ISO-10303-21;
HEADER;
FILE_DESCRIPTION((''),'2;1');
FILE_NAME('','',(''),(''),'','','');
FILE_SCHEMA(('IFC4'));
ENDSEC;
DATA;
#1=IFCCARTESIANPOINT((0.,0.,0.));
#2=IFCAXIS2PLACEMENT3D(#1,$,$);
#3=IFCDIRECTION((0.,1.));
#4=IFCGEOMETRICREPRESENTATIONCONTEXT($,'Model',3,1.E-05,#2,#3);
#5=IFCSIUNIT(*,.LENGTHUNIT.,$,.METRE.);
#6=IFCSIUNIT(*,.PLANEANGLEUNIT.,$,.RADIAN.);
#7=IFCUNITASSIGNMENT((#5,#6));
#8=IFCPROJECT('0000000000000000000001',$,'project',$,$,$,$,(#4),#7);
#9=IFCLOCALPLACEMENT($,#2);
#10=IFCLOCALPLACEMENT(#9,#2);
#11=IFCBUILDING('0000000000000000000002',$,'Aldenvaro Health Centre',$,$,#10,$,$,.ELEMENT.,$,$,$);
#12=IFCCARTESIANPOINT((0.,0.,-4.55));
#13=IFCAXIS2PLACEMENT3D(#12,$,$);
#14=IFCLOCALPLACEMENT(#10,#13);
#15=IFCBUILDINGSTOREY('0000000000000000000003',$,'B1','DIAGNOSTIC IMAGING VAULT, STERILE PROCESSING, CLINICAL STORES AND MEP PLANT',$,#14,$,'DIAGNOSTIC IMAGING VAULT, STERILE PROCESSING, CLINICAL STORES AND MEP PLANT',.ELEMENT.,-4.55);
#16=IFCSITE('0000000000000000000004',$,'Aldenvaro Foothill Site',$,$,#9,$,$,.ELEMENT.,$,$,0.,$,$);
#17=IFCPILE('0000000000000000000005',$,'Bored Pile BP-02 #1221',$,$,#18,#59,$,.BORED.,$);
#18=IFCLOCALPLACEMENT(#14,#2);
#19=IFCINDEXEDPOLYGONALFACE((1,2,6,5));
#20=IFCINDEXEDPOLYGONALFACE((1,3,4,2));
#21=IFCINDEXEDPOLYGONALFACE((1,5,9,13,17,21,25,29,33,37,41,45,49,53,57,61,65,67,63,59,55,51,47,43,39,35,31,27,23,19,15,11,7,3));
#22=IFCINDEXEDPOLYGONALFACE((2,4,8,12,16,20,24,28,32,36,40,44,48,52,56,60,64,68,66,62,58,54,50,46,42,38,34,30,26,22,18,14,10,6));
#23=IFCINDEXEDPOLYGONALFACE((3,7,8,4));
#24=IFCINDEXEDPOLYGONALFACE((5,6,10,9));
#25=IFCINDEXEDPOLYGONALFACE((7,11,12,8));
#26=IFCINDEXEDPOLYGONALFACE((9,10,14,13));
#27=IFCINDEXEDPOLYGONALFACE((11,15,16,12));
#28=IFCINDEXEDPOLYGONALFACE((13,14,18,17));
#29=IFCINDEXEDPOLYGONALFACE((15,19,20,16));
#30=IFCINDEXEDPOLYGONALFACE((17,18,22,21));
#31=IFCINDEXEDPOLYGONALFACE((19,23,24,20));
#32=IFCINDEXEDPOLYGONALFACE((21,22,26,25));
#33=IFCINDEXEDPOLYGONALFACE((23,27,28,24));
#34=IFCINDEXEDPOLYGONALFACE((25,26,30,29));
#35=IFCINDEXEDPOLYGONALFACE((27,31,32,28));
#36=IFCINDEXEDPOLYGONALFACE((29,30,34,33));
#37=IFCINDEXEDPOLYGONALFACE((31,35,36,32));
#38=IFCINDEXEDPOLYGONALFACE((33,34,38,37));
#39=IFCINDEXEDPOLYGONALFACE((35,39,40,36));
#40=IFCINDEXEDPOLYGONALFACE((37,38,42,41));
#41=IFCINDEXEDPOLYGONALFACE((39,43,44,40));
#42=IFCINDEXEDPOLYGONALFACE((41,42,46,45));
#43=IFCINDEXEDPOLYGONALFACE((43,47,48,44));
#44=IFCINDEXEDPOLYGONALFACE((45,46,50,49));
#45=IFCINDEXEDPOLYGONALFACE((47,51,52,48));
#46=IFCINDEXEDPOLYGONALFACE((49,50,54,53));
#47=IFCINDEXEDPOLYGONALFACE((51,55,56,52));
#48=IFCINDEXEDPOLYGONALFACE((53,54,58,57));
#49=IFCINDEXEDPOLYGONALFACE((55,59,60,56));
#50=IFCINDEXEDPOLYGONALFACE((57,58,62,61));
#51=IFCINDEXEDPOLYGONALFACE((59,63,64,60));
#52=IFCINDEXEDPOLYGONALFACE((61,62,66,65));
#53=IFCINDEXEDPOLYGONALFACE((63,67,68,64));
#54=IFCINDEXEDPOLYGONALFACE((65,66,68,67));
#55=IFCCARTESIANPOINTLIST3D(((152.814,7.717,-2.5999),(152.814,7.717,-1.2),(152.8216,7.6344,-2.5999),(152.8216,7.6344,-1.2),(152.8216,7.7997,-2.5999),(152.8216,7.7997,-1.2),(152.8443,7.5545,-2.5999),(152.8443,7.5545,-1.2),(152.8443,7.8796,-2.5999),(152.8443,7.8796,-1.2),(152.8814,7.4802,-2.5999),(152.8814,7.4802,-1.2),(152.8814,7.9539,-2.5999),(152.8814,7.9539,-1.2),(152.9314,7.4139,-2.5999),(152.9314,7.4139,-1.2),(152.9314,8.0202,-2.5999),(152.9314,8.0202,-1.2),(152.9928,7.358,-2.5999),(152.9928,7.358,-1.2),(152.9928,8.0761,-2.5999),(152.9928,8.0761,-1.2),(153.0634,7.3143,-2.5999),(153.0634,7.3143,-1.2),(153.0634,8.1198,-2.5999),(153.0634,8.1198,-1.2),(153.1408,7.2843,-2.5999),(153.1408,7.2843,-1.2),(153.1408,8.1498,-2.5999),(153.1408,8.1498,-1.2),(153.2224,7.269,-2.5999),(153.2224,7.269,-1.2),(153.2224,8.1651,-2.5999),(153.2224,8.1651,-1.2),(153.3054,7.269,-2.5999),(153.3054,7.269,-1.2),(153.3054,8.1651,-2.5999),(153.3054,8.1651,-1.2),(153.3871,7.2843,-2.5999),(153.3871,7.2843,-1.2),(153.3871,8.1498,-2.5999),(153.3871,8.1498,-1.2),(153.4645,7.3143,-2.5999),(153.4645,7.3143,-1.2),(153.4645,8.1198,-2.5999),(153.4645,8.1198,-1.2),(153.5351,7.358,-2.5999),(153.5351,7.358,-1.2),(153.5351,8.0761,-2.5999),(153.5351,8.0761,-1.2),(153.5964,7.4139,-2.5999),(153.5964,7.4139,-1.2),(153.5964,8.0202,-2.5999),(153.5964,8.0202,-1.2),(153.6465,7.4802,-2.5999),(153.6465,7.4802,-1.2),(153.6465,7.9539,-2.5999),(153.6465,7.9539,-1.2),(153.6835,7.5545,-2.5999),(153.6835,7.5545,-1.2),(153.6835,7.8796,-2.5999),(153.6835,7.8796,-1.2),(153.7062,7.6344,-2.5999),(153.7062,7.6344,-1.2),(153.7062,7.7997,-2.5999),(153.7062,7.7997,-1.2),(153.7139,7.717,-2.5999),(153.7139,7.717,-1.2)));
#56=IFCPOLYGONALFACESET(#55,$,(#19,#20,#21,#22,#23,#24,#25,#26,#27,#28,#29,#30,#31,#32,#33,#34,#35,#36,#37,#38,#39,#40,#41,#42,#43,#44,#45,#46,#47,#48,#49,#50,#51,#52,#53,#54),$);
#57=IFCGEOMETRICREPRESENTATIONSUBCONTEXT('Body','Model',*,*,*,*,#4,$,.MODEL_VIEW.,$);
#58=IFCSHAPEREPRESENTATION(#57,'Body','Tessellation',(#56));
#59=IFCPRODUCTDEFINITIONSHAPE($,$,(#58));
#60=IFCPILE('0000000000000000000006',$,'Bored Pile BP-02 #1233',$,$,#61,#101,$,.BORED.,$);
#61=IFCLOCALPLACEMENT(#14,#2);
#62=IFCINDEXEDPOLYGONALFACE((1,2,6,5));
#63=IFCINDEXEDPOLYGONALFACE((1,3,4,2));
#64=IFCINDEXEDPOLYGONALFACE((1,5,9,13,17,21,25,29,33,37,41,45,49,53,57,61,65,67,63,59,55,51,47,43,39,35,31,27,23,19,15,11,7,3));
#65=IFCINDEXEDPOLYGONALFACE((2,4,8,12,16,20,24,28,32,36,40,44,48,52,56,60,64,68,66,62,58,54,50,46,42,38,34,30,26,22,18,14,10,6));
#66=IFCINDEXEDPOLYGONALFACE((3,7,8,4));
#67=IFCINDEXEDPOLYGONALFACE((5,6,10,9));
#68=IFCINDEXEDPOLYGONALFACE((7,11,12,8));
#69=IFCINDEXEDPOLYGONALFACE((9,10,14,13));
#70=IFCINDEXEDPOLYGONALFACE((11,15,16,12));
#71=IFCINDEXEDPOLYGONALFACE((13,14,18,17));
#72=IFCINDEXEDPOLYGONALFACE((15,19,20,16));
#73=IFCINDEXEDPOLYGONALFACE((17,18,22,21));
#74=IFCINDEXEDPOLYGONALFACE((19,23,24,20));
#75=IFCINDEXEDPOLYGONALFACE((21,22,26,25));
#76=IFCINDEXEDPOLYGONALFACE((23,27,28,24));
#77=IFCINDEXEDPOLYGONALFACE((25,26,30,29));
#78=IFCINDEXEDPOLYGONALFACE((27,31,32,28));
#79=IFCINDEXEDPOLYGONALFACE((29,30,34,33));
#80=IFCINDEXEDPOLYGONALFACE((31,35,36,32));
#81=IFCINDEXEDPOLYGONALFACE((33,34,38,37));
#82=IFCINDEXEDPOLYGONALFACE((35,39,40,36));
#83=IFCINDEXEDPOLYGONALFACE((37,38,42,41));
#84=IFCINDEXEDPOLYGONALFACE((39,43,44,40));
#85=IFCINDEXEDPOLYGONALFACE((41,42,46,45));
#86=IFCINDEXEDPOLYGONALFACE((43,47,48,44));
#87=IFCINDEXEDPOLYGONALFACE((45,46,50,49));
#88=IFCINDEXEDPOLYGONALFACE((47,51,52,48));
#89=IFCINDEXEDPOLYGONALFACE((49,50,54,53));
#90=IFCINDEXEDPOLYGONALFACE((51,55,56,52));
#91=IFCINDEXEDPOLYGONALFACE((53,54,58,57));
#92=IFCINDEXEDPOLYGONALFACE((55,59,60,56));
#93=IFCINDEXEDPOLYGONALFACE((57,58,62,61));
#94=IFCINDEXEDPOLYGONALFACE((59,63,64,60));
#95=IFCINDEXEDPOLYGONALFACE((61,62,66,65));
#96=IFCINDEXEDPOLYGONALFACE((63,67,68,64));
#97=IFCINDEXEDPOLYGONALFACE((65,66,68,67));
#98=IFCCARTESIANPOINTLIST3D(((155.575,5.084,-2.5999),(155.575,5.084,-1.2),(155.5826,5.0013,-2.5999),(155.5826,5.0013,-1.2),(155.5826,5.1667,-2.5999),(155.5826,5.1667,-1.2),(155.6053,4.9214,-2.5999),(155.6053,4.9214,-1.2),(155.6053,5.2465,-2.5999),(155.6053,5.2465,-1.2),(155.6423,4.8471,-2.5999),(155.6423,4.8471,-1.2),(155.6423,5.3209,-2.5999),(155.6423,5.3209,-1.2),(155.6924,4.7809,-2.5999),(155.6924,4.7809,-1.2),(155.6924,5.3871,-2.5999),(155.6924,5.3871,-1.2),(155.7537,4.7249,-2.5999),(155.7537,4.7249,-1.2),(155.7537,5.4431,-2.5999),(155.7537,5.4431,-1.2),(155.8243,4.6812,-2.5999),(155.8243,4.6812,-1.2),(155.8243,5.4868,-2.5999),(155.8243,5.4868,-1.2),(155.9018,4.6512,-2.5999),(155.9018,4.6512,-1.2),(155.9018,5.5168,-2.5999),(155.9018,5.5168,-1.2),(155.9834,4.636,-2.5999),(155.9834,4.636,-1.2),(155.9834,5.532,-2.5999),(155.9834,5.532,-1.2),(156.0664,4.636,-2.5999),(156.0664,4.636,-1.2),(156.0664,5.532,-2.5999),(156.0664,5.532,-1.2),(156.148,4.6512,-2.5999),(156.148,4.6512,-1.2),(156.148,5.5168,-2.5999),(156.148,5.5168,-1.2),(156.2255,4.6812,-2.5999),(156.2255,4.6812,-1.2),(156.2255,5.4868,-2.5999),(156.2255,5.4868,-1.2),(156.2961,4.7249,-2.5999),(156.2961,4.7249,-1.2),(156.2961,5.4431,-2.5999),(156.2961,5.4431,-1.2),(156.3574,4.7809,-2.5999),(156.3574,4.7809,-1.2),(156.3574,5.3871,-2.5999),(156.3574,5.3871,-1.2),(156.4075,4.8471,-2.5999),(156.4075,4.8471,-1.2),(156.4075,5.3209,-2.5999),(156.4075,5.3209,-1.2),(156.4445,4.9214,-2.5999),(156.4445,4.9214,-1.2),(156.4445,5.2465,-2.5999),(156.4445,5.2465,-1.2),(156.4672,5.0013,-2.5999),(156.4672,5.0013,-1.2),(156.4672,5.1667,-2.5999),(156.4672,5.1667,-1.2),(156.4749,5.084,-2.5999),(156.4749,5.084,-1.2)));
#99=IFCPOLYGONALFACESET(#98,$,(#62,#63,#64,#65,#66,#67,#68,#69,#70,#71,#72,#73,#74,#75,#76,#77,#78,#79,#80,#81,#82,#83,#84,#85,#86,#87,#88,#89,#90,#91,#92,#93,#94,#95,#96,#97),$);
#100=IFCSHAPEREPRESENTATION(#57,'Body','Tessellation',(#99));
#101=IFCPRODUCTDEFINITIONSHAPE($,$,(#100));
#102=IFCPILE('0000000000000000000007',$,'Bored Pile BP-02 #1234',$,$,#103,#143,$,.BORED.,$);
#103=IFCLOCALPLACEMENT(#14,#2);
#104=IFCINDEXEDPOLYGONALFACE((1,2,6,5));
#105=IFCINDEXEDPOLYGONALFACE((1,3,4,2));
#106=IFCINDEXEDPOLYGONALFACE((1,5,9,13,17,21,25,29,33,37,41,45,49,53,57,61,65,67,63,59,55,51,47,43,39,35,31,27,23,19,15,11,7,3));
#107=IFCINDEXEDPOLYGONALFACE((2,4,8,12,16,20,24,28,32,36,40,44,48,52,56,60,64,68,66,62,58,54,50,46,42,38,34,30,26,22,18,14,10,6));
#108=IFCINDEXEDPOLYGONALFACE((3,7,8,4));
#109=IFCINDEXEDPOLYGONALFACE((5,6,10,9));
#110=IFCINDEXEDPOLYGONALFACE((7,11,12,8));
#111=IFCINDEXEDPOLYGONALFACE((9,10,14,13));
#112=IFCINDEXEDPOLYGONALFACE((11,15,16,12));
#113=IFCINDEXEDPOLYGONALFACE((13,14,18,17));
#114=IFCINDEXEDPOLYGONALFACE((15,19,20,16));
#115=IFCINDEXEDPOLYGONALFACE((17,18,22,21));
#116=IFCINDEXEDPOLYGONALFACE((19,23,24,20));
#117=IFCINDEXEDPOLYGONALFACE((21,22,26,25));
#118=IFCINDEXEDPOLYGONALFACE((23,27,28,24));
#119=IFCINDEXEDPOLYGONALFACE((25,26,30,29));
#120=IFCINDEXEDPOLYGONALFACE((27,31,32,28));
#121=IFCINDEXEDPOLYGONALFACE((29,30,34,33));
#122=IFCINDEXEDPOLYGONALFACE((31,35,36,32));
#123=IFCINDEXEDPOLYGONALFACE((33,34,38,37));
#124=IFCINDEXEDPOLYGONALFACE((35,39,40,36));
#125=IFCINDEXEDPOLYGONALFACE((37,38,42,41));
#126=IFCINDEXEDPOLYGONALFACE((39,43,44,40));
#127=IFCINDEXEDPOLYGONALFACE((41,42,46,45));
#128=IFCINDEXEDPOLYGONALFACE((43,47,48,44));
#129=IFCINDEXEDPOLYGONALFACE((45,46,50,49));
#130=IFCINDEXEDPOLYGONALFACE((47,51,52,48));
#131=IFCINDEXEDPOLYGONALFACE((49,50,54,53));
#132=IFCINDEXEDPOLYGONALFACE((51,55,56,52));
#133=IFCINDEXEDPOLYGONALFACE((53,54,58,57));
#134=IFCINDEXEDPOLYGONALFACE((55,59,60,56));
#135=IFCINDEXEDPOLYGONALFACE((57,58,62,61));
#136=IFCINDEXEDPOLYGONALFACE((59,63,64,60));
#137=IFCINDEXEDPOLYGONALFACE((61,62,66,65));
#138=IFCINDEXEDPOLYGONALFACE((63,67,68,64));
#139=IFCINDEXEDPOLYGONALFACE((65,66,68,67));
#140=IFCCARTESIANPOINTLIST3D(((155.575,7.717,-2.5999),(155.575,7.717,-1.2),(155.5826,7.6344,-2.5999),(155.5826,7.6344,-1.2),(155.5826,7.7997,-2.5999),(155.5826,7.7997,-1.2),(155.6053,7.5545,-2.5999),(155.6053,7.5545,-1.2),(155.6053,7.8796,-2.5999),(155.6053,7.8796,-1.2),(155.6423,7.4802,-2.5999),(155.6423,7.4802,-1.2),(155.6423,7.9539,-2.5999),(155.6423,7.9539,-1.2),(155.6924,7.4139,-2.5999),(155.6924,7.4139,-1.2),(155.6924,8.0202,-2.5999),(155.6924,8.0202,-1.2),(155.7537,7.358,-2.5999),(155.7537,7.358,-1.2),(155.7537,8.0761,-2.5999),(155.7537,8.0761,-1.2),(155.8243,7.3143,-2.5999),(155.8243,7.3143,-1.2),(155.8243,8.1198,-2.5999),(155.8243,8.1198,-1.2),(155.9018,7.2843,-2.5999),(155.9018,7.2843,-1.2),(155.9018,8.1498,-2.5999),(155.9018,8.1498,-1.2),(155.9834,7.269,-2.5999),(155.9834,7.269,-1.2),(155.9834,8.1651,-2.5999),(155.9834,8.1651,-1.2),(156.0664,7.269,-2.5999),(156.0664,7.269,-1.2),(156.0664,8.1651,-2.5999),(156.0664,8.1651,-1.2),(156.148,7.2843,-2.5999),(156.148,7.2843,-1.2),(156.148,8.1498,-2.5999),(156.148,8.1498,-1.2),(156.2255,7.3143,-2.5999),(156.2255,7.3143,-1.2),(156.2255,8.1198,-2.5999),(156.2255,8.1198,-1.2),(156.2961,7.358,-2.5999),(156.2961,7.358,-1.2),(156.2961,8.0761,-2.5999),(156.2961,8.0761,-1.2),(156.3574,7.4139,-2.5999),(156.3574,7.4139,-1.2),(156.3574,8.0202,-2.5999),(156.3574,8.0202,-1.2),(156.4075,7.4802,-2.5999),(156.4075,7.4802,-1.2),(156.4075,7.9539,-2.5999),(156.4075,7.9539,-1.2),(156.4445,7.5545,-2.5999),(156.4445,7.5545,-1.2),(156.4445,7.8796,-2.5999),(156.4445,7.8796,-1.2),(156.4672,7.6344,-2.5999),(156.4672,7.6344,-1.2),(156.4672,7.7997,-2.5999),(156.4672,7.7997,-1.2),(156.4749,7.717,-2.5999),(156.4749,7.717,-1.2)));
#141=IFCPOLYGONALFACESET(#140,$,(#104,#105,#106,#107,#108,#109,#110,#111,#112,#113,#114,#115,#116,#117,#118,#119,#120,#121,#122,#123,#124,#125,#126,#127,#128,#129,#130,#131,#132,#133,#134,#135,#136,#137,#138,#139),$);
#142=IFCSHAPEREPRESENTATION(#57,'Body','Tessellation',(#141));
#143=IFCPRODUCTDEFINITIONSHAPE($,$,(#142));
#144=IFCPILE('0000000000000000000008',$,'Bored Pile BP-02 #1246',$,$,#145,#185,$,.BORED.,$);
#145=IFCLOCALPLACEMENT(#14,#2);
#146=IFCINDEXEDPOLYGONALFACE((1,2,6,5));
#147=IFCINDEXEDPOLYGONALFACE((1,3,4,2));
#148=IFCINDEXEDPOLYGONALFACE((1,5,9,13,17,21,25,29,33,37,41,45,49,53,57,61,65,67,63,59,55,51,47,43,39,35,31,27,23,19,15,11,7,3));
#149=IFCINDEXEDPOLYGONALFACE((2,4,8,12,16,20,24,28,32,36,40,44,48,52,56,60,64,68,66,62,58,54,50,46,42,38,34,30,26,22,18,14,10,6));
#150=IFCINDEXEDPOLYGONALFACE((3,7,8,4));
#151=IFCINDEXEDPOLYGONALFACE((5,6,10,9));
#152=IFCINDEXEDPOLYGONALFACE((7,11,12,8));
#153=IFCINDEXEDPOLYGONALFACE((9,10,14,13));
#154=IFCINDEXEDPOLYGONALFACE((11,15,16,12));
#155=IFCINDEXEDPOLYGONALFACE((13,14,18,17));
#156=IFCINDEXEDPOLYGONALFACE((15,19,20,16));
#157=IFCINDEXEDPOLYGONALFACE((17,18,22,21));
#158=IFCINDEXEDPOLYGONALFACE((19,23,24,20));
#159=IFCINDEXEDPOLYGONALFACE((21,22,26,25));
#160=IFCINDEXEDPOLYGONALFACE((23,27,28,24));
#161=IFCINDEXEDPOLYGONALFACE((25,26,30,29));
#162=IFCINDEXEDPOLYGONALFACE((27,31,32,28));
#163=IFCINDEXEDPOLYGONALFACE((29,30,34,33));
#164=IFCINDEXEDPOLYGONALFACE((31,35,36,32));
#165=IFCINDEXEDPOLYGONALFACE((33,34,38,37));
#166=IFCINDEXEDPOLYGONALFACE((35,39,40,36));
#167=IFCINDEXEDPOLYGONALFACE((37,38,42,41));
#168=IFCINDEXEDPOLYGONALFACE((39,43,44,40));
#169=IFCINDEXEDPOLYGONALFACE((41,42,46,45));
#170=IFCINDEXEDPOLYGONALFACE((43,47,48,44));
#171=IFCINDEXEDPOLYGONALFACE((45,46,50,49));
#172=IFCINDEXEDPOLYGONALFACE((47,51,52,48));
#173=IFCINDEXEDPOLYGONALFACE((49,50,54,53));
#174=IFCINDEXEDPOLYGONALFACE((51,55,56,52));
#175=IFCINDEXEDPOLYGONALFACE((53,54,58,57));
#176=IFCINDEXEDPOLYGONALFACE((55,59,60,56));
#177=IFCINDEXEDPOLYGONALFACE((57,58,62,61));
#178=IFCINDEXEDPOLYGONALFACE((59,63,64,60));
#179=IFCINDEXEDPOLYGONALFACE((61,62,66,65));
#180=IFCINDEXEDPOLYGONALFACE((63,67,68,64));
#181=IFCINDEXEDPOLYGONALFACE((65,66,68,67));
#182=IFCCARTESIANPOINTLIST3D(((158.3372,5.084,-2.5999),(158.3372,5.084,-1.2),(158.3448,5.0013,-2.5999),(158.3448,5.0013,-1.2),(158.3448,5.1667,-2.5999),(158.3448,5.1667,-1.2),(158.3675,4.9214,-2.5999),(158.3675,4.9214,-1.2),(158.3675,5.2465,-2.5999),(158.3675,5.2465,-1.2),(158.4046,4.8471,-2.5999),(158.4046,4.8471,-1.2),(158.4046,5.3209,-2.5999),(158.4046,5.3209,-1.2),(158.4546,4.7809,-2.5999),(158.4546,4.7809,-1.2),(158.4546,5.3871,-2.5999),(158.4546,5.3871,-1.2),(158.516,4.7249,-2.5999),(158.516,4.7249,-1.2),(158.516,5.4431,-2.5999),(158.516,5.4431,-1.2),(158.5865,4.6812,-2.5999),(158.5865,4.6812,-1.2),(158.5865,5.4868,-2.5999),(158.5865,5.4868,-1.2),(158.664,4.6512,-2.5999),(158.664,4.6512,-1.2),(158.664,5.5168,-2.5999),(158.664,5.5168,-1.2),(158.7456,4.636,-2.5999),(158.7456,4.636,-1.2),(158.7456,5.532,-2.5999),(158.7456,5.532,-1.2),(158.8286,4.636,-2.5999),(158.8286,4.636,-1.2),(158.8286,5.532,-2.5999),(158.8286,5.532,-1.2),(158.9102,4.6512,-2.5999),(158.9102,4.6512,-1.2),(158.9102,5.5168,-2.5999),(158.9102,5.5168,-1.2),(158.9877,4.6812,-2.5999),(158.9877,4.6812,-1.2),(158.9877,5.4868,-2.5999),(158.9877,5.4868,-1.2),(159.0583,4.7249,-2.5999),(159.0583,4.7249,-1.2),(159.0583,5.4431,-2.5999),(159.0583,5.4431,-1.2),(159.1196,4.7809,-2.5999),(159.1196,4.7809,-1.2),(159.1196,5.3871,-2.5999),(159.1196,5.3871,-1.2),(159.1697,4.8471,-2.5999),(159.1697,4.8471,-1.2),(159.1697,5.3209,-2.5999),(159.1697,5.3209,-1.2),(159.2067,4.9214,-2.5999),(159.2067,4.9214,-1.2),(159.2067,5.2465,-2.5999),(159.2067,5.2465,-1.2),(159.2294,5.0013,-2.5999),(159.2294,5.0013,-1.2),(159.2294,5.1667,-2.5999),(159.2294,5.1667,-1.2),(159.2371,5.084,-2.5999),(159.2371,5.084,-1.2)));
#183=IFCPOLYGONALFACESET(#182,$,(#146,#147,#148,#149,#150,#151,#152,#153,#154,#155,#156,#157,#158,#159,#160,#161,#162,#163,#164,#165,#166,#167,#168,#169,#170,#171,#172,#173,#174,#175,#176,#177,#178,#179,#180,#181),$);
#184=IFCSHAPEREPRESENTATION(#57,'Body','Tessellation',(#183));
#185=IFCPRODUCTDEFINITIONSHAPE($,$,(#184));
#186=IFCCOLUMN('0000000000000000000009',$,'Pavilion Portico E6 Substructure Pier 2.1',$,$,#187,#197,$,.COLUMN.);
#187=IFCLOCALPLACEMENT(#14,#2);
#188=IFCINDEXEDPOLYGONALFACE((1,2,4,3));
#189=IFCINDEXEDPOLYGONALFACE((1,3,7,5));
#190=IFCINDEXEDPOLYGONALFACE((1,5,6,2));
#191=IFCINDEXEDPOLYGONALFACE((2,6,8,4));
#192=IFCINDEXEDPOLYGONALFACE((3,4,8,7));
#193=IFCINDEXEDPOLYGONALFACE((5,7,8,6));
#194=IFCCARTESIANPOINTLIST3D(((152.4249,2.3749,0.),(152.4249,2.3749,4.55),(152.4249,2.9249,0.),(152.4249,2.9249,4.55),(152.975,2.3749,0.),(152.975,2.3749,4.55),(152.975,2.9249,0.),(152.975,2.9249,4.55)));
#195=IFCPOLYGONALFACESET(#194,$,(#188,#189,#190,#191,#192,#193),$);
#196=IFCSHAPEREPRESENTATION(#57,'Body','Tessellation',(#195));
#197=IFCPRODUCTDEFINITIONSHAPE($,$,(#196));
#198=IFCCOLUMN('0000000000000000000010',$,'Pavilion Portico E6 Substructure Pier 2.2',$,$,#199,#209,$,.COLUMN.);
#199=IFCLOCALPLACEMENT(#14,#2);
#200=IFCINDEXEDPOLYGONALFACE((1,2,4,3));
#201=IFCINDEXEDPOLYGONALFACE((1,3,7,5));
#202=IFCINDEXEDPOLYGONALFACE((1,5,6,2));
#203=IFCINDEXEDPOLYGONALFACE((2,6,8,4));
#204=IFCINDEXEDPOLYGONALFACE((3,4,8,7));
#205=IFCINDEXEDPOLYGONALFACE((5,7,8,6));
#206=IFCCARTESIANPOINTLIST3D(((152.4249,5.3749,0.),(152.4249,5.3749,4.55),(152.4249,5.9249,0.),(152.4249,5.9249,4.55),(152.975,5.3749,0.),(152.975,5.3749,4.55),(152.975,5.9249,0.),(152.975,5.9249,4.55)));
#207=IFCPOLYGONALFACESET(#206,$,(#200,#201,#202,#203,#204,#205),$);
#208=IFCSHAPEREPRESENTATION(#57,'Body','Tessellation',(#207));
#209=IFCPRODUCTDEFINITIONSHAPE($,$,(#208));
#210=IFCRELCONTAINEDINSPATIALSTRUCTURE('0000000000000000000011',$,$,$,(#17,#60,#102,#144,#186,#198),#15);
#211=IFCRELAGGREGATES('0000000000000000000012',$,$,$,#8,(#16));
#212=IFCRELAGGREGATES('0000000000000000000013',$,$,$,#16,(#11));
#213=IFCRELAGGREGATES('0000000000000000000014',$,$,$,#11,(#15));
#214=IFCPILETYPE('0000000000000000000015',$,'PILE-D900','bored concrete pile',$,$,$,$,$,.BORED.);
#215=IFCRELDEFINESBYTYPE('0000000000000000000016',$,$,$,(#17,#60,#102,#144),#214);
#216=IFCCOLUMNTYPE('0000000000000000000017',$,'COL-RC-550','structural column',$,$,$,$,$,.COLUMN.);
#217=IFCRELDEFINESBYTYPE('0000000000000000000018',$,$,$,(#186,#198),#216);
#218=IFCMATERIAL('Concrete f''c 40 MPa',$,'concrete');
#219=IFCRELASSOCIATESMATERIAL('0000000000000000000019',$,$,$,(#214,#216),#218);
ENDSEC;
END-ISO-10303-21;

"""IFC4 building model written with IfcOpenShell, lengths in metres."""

from ifc_helpers import new_model, si_unit, direction, frame, origin, origin_2d, place, context, subcontext, project, spatial, rectangle, circle, extrude, material, material_profile, profile_set, type_object, element, save


model = new_model("IFC4")

# Units and contexts
model_context = context("Model", 3, precision=1e-05, world=origin(), true_north=direction((0.0, 1.0)))
body_context = subcontext(model_context, "Body", "Model", "MODEL_VIEW")
ifc_project = project(units=[si_unit("LENGTHUNIT", "METRE"), si_unit("PLANEANGLEUNIT", "RADIAN")], contexts=[model_context])

# Site, building, storey
site_placement = place(None, origin())
site = spatial("IfcSite", under=ifc_project, at=site_placement, Name="Aldenvaro Foothill Site", CompositionType="ELEMENT", RefElevation=0.0)
building_placement = place(site_placement, origin())
building = spatial("IfcBuilding", under=site, at=building_placement, Name="Aldenvaro Health Centre", CompositionType="ELEMENT")
storey_placement = place(building_placement, frame((0.0, 0.0, -4.55)))
storey = spatial("IfcBuildingStorey", under=building, at=storey_placement, Name="B1", Description="DIAGNOSTIC IMAGING VAULT, STERILE PROCESSING, CLINICAL STORES AND MEP PLANT", LongName="DIAGNOSTIC IMAGING VAULT, STERILE PROCESSING, CLINICAL STORES AND MEP PLANT", CompositionType="ELEMENT", Elevation=-4.55)

# Shared definitions
ifc_material_1 = material(Name="Concrete f'c 40 MPa", Category="concrete")

# Piles
ifc_material_profile_1 = material_profile(ifc_material_1, circle(Radius=0.45, at=origin_2d()), Name="PILE D900", Category="concrete")
ifc_profile_set_1 = profile_set([ifc_material_profile_1], Name="Concrete f'c 40 MPa")
pile_type_1 = type_object("IfcPileType", Name="PILE-D900", Description="bored concrete pile", PredefinedType="BORED", material=ifc_profile_set_1)
for number, where, z_axis, x_axis, name in (
    (1, (153.2639, 7.717, -1.2), (0.0, 0.0, -1.0), (1.0, 0.0, 0.0), "Bored Pile BP-02 #1221"),
    (2, (156.0249, 5.084, -1.2), (0.0, 0.0, -1.0), (1.0, 0.0, 0.0), "Bored Pile BP-02 #1233"),
    (3, (156.0249, 7.717, -1.2), (0.0, 0.0, -1.0), (1.0, 0.0, 0.0), "Bored Pile BP-02 #1234"),
    (4, (158.7871, 5.084, -1.2), (0.0, 0.0, -1.0), (1.0, 0.0, 0.0), "Bored Pile BP-02 #1246"),
):
    element("IfcPile", number, at=place(storey_placement, frame(where, z_axis=z_axis, x_axis=x_axis)), inside=storey, type_object=pile_type_1, Name=name, PredefinedType="BORED", context=body_context, shape_type="SweptSolid", body=[
        extrude(circle(Radius=0.45, at=origin_2d()), origin(), (0.0, 0.0, 1.0), 1.3999),
    ])

# Columns
ifc_material_profile_2 = material_profile(ifc_material_1, rectangle(XDim=0.55, YDim=0.55, at=origin_2d()), Name="RC 550x550", Category="concrete")
ifc_profile_set_2 = profile_set([ifc_material_profile_2], Name="Concrete f'c 40 MPa")
column_type_1 = type_object("IfcColumnType", Name="COL-RC-550", Description="structural column", PredefinedType="COLUMN", material=ifc_profile_set_2)
for number, where, z_axis, x_axis, name in (
    (5, (152.7, 2.6499, 0.0), (0.0, 0.0, 1.0), (1.0, 0.0, 0.0), "Pavilion Portico E6 Substructure Pier 2.1"),
    (6, (152.7, 5.6499, 0.0), (0.0, 0.0, 1.0), (1.0, 0.0, 0.0), "Pavilion Portico E6 Substructure Pier 2.2"),
):
    element("IfcColumn", number, at=place(storey_placement, frame(where, z_axis=z_axis, x_axis=x_axis)), inside=storey, type_object=column_type_1, Name=name, PredefinedType="COLUMN", context=body_context, shape_type="SweptSolid", body=[
        extrude(rectangle(XDim=0.55, YDim=0.55, at=origin_2d()), origin(), (0.0, 0.0, 1.0), 4.55),
    ])

save(model, "model.ifc")
